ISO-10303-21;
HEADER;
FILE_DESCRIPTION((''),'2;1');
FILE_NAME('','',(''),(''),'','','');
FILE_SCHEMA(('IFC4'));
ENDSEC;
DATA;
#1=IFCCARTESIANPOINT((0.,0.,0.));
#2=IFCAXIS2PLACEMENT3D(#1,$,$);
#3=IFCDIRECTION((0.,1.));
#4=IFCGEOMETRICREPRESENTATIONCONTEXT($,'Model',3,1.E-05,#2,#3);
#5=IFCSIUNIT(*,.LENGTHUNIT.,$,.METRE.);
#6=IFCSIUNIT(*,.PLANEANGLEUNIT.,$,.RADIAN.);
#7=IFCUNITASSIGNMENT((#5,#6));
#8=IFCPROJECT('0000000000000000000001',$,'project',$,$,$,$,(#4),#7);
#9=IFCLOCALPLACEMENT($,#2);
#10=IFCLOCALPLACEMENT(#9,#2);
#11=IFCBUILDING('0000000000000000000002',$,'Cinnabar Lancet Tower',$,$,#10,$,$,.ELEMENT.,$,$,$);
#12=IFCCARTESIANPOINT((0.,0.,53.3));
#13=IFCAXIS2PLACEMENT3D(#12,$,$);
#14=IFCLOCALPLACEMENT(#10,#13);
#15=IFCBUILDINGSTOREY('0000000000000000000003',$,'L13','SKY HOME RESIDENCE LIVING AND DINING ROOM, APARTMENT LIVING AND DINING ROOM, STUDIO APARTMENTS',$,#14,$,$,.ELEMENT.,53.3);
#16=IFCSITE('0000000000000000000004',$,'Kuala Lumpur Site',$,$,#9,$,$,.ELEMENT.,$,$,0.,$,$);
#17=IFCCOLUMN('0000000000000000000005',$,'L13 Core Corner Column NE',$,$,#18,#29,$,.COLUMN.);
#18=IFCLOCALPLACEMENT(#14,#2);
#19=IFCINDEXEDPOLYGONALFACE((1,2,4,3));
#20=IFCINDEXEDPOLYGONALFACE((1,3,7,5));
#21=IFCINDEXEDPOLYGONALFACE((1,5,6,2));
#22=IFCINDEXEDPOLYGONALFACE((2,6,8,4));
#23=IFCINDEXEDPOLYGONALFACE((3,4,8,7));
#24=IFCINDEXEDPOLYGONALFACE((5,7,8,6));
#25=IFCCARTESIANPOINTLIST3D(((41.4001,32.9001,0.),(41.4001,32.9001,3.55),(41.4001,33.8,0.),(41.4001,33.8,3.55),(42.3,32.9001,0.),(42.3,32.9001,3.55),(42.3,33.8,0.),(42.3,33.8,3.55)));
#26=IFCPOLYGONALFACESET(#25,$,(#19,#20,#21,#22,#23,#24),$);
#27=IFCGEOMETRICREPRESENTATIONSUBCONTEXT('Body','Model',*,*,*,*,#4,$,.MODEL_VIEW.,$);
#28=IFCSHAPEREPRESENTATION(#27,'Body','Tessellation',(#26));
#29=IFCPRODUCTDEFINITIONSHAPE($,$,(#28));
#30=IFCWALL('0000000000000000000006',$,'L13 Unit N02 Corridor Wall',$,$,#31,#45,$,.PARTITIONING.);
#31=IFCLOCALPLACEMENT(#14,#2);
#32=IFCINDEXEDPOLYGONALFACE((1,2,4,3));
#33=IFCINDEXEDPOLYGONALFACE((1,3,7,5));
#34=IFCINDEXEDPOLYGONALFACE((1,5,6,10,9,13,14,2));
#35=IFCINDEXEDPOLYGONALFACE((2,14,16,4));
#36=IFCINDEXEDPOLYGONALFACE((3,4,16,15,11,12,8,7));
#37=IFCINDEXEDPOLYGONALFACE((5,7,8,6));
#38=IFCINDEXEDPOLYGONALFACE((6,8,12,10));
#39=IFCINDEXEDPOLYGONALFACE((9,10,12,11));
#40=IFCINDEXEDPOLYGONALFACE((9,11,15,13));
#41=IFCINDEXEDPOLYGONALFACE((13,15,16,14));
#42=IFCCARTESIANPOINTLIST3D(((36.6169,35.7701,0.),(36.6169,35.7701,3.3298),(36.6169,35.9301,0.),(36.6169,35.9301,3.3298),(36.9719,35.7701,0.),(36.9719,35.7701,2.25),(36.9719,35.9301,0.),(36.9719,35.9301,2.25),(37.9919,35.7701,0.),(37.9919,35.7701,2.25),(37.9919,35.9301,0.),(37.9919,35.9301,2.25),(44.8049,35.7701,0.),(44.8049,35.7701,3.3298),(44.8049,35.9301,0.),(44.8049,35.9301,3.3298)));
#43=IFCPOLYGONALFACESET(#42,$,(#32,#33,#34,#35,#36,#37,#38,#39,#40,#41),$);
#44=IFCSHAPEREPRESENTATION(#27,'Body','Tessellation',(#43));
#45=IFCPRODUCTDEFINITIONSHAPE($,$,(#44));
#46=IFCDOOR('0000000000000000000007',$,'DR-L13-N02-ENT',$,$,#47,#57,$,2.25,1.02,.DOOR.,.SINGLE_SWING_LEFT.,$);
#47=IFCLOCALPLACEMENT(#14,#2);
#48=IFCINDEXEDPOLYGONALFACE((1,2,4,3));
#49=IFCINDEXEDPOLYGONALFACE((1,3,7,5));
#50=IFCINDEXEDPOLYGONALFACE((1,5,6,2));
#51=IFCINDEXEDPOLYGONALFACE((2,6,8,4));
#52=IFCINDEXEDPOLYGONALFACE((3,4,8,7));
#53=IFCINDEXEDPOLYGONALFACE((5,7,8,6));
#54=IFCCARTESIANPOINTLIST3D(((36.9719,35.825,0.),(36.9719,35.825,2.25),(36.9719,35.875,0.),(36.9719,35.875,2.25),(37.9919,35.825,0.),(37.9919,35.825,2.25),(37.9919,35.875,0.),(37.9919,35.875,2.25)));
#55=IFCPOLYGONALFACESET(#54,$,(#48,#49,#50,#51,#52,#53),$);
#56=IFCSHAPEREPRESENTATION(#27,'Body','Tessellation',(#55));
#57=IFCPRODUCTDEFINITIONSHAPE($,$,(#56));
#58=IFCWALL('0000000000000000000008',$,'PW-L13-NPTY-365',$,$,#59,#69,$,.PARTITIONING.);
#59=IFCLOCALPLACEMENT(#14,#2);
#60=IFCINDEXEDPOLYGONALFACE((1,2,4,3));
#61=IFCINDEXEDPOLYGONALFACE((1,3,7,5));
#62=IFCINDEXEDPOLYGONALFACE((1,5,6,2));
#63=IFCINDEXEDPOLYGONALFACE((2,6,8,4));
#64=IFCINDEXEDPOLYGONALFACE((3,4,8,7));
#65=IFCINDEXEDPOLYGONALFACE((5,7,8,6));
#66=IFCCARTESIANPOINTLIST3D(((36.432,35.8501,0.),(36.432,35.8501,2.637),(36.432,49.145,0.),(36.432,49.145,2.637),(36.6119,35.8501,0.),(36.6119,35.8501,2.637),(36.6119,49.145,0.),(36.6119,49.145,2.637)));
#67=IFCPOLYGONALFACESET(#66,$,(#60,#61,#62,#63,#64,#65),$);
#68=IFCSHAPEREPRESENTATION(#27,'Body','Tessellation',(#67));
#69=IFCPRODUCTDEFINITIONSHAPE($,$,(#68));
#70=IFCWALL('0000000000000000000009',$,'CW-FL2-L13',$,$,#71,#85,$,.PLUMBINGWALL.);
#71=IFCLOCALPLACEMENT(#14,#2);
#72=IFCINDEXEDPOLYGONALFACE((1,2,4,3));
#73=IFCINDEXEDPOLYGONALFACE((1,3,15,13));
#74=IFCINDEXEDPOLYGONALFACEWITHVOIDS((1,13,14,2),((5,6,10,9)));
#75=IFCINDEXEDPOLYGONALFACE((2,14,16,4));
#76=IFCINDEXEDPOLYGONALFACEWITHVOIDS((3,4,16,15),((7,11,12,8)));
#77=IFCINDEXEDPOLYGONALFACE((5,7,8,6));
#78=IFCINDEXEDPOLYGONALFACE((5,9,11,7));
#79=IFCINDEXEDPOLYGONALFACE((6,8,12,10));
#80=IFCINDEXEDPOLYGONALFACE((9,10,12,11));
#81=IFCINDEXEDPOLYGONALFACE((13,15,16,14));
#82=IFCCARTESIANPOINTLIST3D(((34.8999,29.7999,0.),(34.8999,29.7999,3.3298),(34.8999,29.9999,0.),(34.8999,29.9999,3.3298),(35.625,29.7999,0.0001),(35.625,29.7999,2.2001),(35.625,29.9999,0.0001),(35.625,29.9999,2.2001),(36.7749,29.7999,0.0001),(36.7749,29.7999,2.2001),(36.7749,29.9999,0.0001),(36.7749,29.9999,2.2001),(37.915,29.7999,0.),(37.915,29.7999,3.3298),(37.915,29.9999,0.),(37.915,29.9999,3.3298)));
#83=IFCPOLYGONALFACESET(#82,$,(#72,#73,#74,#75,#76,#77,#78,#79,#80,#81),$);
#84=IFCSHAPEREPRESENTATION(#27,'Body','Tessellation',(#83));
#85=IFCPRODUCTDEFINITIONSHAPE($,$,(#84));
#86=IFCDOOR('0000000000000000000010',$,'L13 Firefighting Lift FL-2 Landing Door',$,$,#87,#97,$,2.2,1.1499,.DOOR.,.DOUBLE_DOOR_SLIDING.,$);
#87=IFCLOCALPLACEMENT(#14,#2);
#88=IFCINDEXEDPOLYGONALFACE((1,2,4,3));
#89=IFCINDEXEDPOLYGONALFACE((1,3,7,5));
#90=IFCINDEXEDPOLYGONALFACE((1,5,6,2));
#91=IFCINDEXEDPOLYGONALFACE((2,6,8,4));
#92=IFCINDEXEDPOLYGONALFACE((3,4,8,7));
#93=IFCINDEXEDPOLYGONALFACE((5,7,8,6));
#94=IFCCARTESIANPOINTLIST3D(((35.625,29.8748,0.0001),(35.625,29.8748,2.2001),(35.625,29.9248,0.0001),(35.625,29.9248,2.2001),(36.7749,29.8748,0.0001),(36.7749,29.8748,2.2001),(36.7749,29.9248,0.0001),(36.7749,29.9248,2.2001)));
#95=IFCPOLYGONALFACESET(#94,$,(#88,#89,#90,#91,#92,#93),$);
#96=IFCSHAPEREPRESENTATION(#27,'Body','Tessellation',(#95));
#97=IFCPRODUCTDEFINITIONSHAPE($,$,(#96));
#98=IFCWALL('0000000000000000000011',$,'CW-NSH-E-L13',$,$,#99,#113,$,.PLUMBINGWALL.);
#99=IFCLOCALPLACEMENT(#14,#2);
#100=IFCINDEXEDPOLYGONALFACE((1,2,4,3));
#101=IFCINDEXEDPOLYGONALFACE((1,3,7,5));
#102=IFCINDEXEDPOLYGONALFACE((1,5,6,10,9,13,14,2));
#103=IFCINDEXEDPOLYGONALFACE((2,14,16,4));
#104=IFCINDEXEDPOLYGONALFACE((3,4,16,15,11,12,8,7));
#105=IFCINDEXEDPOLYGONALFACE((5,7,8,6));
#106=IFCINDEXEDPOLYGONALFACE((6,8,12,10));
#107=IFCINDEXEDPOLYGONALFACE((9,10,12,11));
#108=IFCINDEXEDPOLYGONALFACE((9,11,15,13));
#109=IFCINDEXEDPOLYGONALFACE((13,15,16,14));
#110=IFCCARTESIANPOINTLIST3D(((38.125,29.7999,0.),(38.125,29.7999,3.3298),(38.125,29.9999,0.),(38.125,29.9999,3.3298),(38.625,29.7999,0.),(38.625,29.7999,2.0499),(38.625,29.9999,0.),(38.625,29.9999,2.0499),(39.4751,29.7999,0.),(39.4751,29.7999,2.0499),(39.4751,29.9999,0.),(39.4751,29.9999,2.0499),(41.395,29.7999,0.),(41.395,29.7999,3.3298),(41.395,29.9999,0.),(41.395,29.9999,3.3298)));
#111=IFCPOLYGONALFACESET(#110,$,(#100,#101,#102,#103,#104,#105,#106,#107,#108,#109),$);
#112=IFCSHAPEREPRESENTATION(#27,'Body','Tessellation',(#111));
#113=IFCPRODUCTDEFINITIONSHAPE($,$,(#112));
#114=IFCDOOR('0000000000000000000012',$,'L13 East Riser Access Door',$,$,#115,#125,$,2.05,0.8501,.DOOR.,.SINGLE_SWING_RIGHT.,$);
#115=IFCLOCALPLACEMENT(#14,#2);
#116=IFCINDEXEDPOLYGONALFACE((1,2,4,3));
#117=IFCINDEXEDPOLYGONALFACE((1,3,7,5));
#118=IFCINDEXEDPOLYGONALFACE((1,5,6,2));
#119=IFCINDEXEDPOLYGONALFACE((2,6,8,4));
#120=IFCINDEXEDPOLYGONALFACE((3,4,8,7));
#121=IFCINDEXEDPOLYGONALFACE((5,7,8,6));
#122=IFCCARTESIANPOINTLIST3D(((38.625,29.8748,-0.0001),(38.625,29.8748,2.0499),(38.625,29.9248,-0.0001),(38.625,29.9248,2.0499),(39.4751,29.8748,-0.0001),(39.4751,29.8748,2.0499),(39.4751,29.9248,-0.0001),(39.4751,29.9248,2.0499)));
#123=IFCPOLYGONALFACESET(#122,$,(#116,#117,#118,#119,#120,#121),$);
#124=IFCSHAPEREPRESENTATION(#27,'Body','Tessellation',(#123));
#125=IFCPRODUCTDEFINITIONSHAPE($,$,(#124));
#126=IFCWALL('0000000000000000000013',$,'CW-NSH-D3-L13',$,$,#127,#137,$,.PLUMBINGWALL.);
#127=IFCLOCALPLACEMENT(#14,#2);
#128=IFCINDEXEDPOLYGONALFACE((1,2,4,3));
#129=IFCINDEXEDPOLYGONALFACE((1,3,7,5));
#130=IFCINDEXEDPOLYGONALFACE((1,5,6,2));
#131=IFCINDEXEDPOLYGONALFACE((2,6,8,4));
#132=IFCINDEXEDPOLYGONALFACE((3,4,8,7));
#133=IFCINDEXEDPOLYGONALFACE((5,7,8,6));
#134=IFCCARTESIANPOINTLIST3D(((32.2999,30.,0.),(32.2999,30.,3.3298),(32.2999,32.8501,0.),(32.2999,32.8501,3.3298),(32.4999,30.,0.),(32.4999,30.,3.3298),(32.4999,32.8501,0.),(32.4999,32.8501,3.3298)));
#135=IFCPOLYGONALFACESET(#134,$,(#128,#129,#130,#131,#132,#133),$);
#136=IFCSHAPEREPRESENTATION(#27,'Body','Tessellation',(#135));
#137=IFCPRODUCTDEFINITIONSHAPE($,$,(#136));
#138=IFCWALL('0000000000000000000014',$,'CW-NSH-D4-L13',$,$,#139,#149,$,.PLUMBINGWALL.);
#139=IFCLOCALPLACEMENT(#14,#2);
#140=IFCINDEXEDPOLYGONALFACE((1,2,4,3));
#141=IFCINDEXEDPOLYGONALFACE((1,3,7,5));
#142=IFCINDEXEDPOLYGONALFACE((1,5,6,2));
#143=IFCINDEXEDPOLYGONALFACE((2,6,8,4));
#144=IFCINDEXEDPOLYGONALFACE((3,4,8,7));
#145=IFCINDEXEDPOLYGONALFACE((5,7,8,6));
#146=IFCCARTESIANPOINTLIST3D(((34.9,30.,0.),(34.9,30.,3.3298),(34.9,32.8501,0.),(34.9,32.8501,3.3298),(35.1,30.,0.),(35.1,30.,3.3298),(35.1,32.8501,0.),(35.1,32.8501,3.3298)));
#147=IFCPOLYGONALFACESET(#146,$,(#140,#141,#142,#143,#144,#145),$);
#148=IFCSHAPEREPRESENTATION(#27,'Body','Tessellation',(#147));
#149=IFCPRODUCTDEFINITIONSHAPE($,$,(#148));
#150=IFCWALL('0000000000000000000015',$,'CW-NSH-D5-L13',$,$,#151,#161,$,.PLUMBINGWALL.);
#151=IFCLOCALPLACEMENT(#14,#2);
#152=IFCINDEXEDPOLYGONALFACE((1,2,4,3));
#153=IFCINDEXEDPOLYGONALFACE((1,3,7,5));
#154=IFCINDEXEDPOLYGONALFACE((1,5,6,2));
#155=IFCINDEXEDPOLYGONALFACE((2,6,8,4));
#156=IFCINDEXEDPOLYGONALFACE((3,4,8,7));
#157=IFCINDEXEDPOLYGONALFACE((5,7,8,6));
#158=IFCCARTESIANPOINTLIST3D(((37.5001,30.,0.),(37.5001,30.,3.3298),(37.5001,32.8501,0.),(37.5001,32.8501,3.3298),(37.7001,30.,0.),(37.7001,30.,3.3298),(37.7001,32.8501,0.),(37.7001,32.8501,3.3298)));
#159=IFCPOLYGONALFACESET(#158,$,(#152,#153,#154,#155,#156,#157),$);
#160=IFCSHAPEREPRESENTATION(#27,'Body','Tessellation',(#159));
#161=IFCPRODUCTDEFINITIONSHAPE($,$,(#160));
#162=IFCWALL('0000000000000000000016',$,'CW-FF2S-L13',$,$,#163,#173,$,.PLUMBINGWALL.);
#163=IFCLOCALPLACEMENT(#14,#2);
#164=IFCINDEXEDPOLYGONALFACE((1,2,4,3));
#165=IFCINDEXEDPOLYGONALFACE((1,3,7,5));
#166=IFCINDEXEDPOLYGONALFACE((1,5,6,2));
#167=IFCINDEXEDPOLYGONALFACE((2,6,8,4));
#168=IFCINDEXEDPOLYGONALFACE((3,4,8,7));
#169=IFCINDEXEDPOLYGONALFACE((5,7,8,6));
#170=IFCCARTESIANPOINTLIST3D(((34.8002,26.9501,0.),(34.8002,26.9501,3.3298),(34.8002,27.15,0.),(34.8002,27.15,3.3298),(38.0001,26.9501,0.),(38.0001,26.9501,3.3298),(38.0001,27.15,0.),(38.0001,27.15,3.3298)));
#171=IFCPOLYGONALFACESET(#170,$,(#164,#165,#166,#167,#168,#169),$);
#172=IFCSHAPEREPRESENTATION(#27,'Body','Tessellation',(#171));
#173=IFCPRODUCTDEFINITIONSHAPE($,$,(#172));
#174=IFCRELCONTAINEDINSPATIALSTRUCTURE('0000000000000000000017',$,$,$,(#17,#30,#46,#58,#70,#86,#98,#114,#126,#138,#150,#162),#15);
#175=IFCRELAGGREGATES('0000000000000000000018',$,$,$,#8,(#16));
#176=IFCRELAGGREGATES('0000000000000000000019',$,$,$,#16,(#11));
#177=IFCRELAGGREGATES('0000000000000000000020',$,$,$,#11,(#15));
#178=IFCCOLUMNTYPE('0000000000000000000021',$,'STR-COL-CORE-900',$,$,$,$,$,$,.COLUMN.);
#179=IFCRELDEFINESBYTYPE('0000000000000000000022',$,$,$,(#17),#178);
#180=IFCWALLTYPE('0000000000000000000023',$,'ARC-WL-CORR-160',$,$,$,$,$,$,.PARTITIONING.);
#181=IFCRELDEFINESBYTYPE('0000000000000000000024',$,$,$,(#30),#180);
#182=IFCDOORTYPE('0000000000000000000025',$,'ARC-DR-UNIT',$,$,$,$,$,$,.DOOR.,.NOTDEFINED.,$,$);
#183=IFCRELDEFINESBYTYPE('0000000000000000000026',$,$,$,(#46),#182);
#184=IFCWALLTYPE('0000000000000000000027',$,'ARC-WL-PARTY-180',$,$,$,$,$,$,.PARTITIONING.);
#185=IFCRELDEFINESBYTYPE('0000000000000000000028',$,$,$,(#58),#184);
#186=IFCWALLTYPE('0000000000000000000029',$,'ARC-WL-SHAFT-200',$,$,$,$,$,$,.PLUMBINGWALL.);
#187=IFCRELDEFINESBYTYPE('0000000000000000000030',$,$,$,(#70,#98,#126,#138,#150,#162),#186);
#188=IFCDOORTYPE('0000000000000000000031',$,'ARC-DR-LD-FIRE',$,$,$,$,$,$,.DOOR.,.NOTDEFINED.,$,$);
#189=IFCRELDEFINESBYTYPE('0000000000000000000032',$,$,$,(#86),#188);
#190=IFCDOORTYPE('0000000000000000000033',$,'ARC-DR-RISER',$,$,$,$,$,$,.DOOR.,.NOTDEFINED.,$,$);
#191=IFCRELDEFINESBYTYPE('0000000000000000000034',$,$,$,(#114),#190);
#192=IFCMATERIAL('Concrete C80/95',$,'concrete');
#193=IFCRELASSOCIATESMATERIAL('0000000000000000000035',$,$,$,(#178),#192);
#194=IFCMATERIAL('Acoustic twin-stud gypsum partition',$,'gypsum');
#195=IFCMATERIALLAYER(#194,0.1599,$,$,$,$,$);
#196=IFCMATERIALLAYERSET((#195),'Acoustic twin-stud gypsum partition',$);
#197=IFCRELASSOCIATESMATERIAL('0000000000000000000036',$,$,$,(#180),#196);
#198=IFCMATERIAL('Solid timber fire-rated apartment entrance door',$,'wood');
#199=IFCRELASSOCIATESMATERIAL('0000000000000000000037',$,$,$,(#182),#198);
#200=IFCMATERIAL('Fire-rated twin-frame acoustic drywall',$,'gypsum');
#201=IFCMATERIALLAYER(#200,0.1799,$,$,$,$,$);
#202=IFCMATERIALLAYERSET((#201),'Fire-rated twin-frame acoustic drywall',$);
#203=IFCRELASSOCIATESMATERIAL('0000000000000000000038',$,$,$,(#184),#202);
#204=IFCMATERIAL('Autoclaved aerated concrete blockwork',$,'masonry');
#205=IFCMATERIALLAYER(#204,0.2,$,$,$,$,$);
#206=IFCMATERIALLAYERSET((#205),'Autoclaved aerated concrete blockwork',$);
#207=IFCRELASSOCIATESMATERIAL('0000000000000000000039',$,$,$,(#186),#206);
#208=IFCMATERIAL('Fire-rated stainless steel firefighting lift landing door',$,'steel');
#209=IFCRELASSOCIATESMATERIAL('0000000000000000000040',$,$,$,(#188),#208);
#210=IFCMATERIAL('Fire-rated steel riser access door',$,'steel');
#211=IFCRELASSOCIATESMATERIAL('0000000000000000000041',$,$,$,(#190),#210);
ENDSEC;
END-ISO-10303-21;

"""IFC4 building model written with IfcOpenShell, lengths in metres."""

from ifc_helpers import new_model, si_unit, direction, frame, frame_2d, origin, origin_2d, place, context, subcontext, project, spatial, rectangle, extrude, material, layer, layer_set, material_profile, profile_set, type_object, element, fill, save


model = new_model("IFC4")

# Units and contexts
model_context = context("Model", 3, precision=1e-05, world=origin(), true_north=direction((0.0, 1.0)))
body_context = subcontext(model_context, "Body", "Model", "MODEL_VIEW")
ifc_project = project(units=[si_unit("LENGTHUNIT", "METRE"), si_unit("PLANEANGLEUNIT", "RADIAN")], contexts=[model_context])

# Site, building, storey
site_placement = place(None, origin())
site = spatial("IfcSite", under=ifc_project, at=site_placement, Name="Kuala Lumpur Site", CompositionType="ELEMENT", RefElevation=0.0)
building_placement = place(site_placement, origin())
building = spatial("IfcBuilding", under=site, at=building_placement, Name="Cinnabar Lancet Tower", CompositionType="ELEMENT")
storey_placement = place(building_placement, frame((0.0, 0.0, 53.3)))
storey = spatial("IfcBuildingStorey", under=building, at=storey_placement, Name="L13", Description="SKY HOME RESIDENCE LIVING AND DINING ROOM, APARTMENT LIVING AND DINING ROOM, STUDIO APARTMENTS", CompositionType="ELEMENT", Elevation=53.3)

# Column
ifc_material_1 = material(Name="Concrete C80/95", Category="concrete")
ifc_material_profile = material_profile(ifc_material_1, rectangle(XDim=0.8999, YDim=0.8999, at=origin_2d()), Name="RC-COL 900x900")
ifc_profile_set = profile_set([ifc_material_profile], Name="Concrete C80/95")
column_type = type_object("IfcColumnType", Name="STR-COL-CORE-900", PredefinedType="COLUMN", material=ifc_profile_set)
column_placement = place(storey_placement, frame((41.8501, 33.3501, 0.0), z_axis=(0.0, 0.0, 1.0), x_axis=(1.0, 0.0, 0.0)))
element("IfcColumn", 1, at=column_placement, inside=storey, type_object=column_type, Name="L13 Core Corner Column NE", PredefinedType="COLUMN", context=body_context, shape_type="SweptSolid", body=[
    extrude(rectangle(XDim=0.8999, YDim=0.8999, at=origin_2d()), origin(), (0.0, 0.0, 1.0), 3.55),
])

# Wall, opening, door
ifc_material_2 = material(Name="Acoustic twin-stud gypsum partition", Category="gypsum")
ifc_layer_1 = layer(ifc_material_2, 0.1599)
ifc_layer_set_1 = layer_set([ifc_layer_1], Name="Acoustic twin-stud gypsum partition")
wall_type_1 = type_object("IfcWallType", Name="ARC-WL-CORR-160", PredefinedType="PARTITIONING", material=ifc_layer_set_1)
wall_1_placement = place(storey_placement, frame((36.6169, 35.8501, 0.0), z_axis=(0.0, 0.0, 1.0), x_axis=(1.0, 0.0, 0.0)))
wall_1 = element("IfcWall", 2, at=wall_1_placement, inside=storey, type_object=wall_type_1, Name="L13 Unit N02 Corridor Wall", PredefinedType="PARTITIONING", context=body_context, shape_type="SweptSolid", body=[
    extrude(rectangle(XDim=8.188, YDim=0.1599, at=frame_2d((4.094, 0.0))), origin(), (0.0, 0.0, 1.0), 3.3298),
])
opening_1_placement = place(wall_1_placement, frame((0.355, 0.0, 0.0)))
opening_1 = element("IfcOpeningElement", 3, at=opening_1_placement, cuts=wall_1, PredefinedType="OPENING", context=body_context, shape_type="SweptSolid", body=[
    extrude(rectangle(XDim=1.02, YDim=2.25, at=frame_2d((0.51, 1.125))), frame((0.0, 0.0898, 0.0), z_axis=(0.0, -1.0, 0.0), x_axis=(1.0, 0.0, 0.0)), (0.0, 0.0, 1.0), 0.1799),
])
ifc_material_3 = material(Name="Solid timber fire-rated apartment entrance door", Category="wood")
door_type_1 = type_object("IfcDoorType", Name="ARC-DR-UNIT", OperationType="NOTDEFINED", PredefinedType="DOOR", material=ifc_material_3)
door_1_placement = place(opening_1_placement, origin())
door_1 = element("IfcDoor", 4, at=door_1_placement, inside=storey, type_object=door_type_1, Name="DR-L13-N02-ENT", OperationType="SINGLE_SWING_LEFT", OverallHeight=2.25, OverallWidth=1.02, PredefinedType="DOOR", context=body_context, shape_type="SweptSolid", body=[
    extrude(rectangle(XDim=1.02, YDim=2.25, at=frame_2d((0.51, 1.125))), frame((0.0, 0.0249, 0.0), z_axis=(0.0, -1.0, 0.0), x_axis=(1.0, 0.0, 0.0)), (0.0, 0.0, 1.0), 0.05),
])
fill(opening_1, door_1)

# Wall
ifc_material_4 = material(Name="Fire-rated twin-frame acoustic drywall", Category="gypsum")
ifc_layer_2 = layer(ifc_material_4, 0.1799)
ifc_layer_set_2 = layer_set([ifc_layer_2], Name="Fire-rated twin-frame acoustic drywall")
wall_type_2 = type_object("IfcWallType", Name="ARC-WL-PARTY-180", PredefinedType="PARTITIONING", material=ifc_layer_set_2)
wall_2_placement = place(storey_placement, frame((36.522, 35.8501, 0.0), z_axis=(0.0, 0.0, 1.0), x_axis=(0.0, 1.0, 0.0)))
element("IfcWall", 5, at=wall_2_placement, inside=storey, type_object=wall_type_2, Name="PW-L13-NPTY-365", PredefinedType="PARTITIONING", context=body_context, shape_type="SweptSolid", body=[
    extrude(rectangle(XDim=13.2949, YDim=0.1799, at=frame_2d((6.6475, 0.0))), origin(), (0.0, 0.0, 1.0), 2.637),
])

# Walls, openings, doors
ifc_material_5 = material(Name="Autoclaved aerated concrete blockwork", Category="masonry")
ifc_layer_3 = layer(ifc_material_5, 0.2)
ifc_layer_set_3 = layer_set([ifc_layer_3], Name="Autoclaved aerated concrete blockwork")
wall_type_3 = type_object("IfcWallType", Name="ARC-WL-SHAFT-200", PredefinedType="PLUMBINGWALL", material=ifc_layer_set_3)
wall_3_placement = place(storey_placement, frame((34.8999, 29.8999, 0.0), z_axis=(0.0, 0.0, 1.0), x_axis=(1.0, 0.0, 0.0)))
wall_3 = element("IfcWall", 6, at=wall_3_placement, inside=storey, type_object=wall_type_3, Name="CW-FL2-L13", PredefinedType="PLUMBINGWALL", context=body_context, shape_type="SweptSolid", body=[
    extrude(rectangle(XDim=3.0151, YDim=0.2, at=frame_2d((1.5076, 0.0))), origin(), (0.0, 0.0, 1.0), 3.3298),
])
opening_2_placement = place(wall_3_placement, frame((0.7251, 0.0, 0.0)))
opening_2 = element("IfcOpeningElement", 7, at=opening_2_placement, cuts=wall_3, PredefinedType="OPENING", context=body_context, shape_type="SweptSolid", body=[
    extrude(rectangle(XDim=1.1499, YDim=2.2, at=frame_2d((0.575, 1.1001))), frame((0.0, 0.1099, 0.0), z_axis=(0.0, -1.0, 0.0), x_axis=(1.0, 0.0, 0.0)), (0.0, 0.0, 1.0), 0.22),
])
ifc_material_6 = material(Name="Fire-rated stainless steel firefighting lift landing door", Category="steel")
door_type_2 = type_object("IfcDoorType", Name="ARC-DR-LD-FIRE", OperationType="NOTDEFINED", PredefinedType="DOOR", material=ifc_material_6)
door_2_placement = place(opening_2_placement, origin())
door_2 = element("IfcDoor", 8, at=door_2_placement, inside=storey, type_object=door_type_2, Name="L13 Firefighting Lift FL-2 Landing Door", OperationType="DOUBLE_DOOR_SLIDING", OverallHeight=2.2, OverallWidth=1.1499, PredefinedType="DOOR", context=body_context, shape_type="SweptSolid", body=[
    extrude(rectangle(XDim=1.1499, YDim=2.2, at=frame_2d((0.575, 1.1001))), frame((0.0, 0.0249, 0.0), z_axis=(0.0, -1.0, 0.0), x_axis=(1.0, 0.0, 0.0)), (0.0, 0.0, 1.0), 0.05),
])
fill(opening_2, door_2)
wall_4_placement = place(storey_placement, frame((38.125, 29.8999, 0.0), z_axis=(0.0, 0.0, 1.0), x_axis=(1.0, 0.0, 0.0)))
wall_4 = element("IfcWall", 9, at=wall_4_placement, inside=storey, type_object=wall_type_3, Name="CW-NSH-E-L13", PredefinedType="PLUMBINGWALL", context=body_context, shape_type="SweptSolid", body=[
    extrude(rectangle(XDim=3.27, YDim=0.2, at=frame_2d((1.635, 0.0))), origin(), (0.0, 0.0, 1.0), 3.3298),
])
opening_3_placement = place(wall_4_placement, frame((0.5, 0.0, 0.0)))
opening_3 = element("IfcOpeningElement", 10, at=opening_3_placement, cuts=wall_4, PredefinedType="OPENING", context=body_context, shape_type="SweptSolid", body=[
    extrude(rectangle(XDim=0.8501, YDim=2.05, at=frame_2d((0.425, 1.0249))), frame((0.0, 0.1099, 0.0), z_axis=(0.0, -1.0, 0.0), x_axis=(1.0, 0.0, 0.0)), (0.0, 0.0, 1.0), 0.22),
])
ifc_material_7 = material(Name="Fire-rated steel riser access door", Category="steel")
door_type_3 = type_object("IfcDoorType", Name="ARC-DR-RISER", OperationType="NOTDEFINED", PredefinedType="DOOR", material=ifc_material_7)
door_3_placement = place(opening_3_placement, origin())
door_3 = element("IfcDoor", 11, at=door_3_placement, inside=storey, type_object=door_type_3, Name="L13 East Riser Access Door", OperationType="SINGLE_SWING_RIGHT", OverallHeight=2.05, OverallWidth=0.8501, PredefinedType="DOOR", context=body_context, shape_type="SweptSolid", body=[
    extrude(rectangle(XDim=0.8501, YDim=2.05, at=frame_2d((0.425, 1.0249))), frame((0.0, 0.0249, 0.0), z_axis=(0.0, -1.0, 0.0), x_axis=(1.0, 0.0, 0.0)), (0.0, 0.0, 1.0), 0.05),
])
fill(opening_3, door_3)

# Walls
for number, where, z_axis, x_axis, name in (
    (12, (32.3999, 30.0, 0.0), (0.0, 0.0, 1.0), (0.0, 1.0, 0.0), "CW-NSH-D3-L13"),
    (13, (35.0, 30.0, 0.0), (0.0, 0.0, 1.0), (0.0, 1.0, 0.0), "CW-NSH-D4-L13"),
    (14, (37.6001, 30.0, 0.0), (0.0, 0.0, 1.0), (0.0, 1.0, 0.0), "CW-NSH-D5-L13"),
):
    element("IfcWall", number, at=place(storey_placement, frame(where, z_axis=z_axis, x_axis=x_axis)), inside=storey, type_object=wall_type_3, Name=name, PredefinedType="PLUMBINGWALL", context=body_context, shape_type="SweptSolid", body=[
        extrude(rectangle(XDim=2.8501, YDim=0.2, at=frame_2d((1.425, 0.0))), origin(), (0.0, 0.0, 1.0), 3.3298),
    ])

# Wall
wall_5_placement = place(storey_placement, frame((34.8, 27.05, 0.0), z_axis=(0.0, 0.0, 1.0), x_axis=(1.0, 0.0, 0.0)))
element("IfcWall", 15, at=wall_5_placement, inside=storey, type_object=wall_type_3, Name="CW-FF2S-L13", PredefinedType="PLUMBINGWALL", context=body_context, shape_type="SweptSolid", body=[
    extrude(rectangle(XDim=3.2, YDim=0.2, at=frame_2d((1.6001, 0.0))), origin(), (0.0, 0.0, 1.0), 3.3298),
])

save(model, "model.ifc")
